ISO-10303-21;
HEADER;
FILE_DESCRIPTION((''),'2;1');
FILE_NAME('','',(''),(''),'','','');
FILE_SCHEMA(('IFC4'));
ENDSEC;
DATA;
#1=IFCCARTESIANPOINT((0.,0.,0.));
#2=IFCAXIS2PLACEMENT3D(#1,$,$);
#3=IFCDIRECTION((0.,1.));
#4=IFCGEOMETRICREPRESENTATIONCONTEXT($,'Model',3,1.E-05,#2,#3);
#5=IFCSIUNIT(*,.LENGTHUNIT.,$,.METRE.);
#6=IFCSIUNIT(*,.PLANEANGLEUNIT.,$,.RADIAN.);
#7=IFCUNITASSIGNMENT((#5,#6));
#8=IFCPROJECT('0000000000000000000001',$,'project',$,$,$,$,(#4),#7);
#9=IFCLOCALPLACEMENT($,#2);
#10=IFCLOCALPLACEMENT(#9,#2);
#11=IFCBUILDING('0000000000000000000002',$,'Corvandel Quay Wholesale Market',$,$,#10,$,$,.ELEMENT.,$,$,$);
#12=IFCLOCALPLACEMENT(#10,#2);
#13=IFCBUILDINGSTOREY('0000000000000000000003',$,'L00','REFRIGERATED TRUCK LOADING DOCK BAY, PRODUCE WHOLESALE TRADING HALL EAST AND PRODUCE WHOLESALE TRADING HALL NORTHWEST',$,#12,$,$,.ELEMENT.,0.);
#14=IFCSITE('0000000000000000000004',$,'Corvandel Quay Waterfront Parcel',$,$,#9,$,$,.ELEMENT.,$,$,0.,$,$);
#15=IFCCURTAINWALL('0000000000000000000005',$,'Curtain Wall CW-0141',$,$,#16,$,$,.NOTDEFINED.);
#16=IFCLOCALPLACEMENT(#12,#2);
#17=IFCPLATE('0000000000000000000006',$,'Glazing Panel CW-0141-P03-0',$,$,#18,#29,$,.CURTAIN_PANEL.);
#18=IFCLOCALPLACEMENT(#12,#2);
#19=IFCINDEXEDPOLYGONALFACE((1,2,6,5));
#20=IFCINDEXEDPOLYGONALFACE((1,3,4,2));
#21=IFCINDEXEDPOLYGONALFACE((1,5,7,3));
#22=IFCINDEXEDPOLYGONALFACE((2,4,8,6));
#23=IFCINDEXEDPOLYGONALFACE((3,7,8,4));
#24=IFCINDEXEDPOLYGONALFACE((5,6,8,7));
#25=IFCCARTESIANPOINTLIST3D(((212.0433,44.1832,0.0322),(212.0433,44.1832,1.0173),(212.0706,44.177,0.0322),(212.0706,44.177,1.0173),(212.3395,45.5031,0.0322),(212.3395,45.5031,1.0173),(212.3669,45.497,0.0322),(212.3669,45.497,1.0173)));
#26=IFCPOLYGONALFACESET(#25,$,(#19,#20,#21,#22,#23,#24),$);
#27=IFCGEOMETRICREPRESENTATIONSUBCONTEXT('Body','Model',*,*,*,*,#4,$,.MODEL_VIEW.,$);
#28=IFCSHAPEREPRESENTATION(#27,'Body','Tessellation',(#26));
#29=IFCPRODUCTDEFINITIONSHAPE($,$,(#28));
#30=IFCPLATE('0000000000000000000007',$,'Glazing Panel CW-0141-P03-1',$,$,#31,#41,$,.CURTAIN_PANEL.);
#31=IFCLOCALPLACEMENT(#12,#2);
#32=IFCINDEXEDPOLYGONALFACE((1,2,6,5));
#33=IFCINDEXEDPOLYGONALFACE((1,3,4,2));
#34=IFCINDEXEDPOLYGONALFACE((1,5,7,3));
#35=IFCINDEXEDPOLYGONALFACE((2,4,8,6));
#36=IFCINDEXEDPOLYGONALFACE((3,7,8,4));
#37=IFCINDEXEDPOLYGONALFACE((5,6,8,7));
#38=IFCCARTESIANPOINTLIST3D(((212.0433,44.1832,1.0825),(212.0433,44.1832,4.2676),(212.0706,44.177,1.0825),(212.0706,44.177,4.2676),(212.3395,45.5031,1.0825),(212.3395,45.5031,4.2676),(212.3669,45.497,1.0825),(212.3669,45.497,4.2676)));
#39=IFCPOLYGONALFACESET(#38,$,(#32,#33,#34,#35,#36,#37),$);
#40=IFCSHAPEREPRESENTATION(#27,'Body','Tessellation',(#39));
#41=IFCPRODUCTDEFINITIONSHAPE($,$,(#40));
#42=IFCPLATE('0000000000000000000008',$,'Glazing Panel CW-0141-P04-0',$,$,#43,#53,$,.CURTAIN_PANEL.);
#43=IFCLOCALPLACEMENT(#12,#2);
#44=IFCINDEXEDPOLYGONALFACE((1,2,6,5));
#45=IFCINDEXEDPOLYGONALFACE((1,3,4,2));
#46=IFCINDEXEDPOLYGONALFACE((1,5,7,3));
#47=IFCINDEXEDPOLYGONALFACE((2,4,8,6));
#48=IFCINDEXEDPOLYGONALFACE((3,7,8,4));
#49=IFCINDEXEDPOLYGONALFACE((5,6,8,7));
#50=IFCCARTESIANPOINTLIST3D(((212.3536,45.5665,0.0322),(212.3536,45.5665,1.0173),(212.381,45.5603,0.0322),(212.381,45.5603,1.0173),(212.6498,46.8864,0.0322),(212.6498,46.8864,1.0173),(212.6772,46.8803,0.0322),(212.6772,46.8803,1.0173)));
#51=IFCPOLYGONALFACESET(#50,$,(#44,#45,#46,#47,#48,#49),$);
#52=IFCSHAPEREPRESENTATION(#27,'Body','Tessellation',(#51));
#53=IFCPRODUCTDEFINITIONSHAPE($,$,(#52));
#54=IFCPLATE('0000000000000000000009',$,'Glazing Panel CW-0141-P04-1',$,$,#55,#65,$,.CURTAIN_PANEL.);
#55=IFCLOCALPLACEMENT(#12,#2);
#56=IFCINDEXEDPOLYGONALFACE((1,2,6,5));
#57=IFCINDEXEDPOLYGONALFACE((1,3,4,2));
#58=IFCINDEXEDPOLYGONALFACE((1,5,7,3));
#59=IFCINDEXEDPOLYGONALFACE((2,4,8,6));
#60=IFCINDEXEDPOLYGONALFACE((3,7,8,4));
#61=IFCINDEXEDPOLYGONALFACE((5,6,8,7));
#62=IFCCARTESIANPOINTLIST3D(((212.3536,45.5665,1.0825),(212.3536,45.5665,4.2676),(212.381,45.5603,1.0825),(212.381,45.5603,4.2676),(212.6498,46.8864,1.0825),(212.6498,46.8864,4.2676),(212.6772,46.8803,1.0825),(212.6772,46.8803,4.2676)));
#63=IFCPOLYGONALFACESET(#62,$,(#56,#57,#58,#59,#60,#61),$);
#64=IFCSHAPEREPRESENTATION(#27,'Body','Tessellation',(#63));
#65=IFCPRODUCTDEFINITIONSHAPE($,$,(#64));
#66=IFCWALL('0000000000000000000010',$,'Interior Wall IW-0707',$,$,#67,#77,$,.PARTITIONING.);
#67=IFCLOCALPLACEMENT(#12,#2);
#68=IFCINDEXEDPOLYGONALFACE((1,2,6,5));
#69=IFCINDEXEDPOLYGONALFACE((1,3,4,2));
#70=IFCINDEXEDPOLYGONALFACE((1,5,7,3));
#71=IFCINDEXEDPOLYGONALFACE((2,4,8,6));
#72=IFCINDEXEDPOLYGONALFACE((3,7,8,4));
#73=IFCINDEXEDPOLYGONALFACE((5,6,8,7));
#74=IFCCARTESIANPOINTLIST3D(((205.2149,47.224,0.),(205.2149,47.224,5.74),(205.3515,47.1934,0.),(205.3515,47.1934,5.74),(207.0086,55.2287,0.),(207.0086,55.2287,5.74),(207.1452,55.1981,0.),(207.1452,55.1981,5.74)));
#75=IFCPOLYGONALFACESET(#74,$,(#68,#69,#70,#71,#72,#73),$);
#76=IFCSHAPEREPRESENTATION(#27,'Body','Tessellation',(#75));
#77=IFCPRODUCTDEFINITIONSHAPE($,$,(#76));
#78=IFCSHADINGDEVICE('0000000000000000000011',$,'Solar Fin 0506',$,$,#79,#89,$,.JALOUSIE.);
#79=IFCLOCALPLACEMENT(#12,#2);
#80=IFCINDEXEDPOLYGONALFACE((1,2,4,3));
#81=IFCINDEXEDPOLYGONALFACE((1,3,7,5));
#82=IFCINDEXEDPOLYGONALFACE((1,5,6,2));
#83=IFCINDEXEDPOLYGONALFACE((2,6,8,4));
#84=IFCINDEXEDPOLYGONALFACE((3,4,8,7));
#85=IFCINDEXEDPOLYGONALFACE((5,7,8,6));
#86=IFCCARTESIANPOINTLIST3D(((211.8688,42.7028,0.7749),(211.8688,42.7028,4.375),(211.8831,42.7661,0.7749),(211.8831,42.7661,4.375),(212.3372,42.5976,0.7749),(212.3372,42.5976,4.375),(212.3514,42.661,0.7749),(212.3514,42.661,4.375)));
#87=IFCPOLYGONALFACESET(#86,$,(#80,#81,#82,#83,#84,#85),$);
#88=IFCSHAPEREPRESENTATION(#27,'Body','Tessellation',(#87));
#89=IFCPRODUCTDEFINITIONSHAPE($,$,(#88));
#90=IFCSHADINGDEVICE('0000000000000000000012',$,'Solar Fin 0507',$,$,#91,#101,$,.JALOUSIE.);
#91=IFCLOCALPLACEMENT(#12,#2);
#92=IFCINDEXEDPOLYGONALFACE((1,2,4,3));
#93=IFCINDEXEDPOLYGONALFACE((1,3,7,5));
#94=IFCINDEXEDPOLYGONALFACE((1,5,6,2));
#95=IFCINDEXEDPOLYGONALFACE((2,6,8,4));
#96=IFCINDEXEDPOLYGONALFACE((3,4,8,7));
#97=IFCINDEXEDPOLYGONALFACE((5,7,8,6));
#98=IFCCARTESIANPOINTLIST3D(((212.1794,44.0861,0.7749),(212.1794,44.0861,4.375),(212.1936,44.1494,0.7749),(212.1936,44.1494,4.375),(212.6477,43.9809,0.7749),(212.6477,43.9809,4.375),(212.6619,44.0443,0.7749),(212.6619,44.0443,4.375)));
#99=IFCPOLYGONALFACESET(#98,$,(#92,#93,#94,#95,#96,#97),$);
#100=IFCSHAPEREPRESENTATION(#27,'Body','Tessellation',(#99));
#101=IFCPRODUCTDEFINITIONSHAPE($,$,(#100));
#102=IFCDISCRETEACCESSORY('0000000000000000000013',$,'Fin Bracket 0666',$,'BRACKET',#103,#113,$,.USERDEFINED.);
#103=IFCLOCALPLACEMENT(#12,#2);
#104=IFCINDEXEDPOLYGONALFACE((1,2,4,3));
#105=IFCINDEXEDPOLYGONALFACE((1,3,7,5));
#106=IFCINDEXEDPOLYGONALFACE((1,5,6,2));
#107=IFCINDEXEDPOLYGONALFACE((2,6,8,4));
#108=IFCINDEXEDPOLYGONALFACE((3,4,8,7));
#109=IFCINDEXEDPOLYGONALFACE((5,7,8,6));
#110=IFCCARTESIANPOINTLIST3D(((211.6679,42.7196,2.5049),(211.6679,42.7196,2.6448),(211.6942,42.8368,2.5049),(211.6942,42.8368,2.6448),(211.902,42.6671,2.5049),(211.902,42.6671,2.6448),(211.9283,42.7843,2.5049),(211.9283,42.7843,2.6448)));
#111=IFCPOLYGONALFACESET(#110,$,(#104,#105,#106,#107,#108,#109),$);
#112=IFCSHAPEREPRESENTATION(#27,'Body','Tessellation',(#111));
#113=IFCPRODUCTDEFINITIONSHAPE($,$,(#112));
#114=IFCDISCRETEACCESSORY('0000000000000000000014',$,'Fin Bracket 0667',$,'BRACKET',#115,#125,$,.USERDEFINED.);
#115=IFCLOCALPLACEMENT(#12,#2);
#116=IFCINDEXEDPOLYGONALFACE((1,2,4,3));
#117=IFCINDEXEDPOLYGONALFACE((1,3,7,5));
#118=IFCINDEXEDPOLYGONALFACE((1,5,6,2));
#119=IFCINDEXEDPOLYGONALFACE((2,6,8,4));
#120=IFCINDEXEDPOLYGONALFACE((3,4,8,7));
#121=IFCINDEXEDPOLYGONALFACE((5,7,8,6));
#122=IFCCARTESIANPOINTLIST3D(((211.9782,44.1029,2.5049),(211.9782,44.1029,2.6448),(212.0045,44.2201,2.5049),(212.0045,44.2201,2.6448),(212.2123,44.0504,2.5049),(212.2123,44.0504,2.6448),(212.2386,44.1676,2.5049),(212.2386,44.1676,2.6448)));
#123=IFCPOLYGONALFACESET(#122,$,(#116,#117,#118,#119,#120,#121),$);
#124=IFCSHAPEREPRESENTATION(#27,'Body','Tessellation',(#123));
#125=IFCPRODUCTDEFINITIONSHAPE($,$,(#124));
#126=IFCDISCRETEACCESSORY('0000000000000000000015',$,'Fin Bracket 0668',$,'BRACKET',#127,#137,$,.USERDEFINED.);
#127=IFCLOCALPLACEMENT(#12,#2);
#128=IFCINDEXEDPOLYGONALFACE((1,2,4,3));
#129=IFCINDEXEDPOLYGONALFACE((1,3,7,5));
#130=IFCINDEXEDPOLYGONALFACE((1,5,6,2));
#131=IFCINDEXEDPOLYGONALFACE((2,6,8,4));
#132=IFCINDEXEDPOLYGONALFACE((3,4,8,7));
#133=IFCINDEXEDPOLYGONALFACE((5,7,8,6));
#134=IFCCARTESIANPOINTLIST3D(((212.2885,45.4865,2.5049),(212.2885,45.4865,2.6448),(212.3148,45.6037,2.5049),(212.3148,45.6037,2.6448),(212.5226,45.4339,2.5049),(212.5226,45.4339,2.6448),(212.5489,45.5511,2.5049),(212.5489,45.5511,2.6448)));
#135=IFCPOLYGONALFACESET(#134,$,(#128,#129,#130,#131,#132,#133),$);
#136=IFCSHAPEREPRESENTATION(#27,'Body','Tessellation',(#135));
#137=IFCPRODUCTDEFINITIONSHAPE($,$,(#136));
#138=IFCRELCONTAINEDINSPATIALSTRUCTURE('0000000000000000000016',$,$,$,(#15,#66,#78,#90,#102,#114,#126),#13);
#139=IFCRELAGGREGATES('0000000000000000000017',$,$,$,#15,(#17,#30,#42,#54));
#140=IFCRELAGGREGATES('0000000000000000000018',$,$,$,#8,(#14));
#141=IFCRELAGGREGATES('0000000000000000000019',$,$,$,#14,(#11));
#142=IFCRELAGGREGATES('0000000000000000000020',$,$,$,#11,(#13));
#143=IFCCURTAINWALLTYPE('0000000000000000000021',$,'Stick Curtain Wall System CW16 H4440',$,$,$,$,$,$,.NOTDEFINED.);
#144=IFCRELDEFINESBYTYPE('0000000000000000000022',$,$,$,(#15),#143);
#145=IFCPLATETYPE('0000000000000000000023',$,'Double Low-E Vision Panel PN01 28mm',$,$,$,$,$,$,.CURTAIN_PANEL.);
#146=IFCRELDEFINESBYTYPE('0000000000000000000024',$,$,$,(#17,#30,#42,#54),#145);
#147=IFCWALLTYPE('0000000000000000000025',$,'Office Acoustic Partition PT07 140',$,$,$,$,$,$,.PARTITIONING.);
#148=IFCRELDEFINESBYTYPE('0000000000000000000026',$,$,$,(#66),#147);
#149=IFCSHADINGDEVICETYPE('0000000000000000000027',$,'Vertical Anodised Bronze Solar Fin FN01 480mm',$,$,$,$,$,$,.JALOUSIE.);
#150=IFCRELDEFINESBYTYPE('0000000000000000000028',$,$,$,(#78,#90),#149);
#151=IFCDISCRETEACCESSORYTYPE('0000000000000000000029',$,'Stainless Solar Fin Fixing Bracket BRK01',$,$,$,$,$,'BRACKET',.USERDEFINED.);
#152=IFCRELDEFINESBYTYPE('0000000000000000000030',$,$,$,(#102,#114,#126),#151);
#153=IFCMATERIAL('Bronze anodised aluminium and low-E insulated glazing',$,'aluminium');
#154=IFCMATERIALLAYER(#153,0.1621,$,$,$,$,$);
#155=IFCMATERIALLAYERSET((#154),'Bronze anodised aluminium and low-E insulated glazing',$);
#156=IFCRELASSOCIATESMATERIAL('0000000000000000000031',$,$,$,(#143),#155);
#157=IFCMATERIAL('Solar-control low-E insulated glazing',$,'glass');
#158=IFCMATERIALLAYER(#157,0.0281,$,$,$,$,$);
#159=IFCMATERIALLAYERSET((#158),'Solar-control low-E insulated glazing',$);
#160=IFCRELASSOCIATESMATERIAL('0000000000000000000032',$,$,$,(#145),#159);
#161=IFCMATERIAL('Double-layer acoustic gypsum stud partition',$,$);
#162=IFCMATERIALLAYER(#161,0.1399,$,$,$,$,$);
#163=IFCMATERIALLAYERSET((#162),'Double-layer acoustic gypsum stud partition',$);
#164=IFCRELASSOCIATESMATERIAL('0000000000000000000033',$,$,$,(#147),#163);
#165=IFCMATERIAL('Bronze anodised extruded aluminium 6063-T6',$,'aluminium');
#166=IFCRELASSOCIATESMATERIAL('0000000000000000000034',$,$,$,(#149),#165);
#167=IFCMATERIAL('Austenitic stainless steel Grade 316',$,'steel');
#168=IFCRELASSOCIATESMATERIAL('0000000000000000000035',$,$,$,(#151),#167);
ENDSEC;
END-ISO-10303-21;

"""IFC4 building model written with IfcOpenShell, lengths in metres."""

from ifc_helpers import new_model, si_unit, direction, frame, frame_2d, origin, origin_2d, place, context, subcontext, project, spatial, rectangle, extrude, material, layer, layer_set, type_object, element, aggregate, save


model = new_model("IFC4")

# Units and contexts
model_context = context("Model", 3, precision=1e-05, world=origin(), true_north=direction((0.0, 1.0)))
body_context = subcontext(model_context, "Body", "Model", "MODEL_VIEW")
ifc_project = project(units=[si_unit("LENGTHUNIT", "METRE"), si_unit("PLANEANGLEUNIT", "RADIAN")], contexts=[model_context])

# Site, building, storey
site_placement = place(None, origin())
site = spatial("IfcSite", under=ifc_project, at=site_placement, Name="Corvandel Quay Waterfront Parcel", CompositionType="ELEMENT", RefElevation=0.0)
building_placement = place(site_placement, origin())
building = spatial("IfcBuilding", under=site, at=building_placement, Name="Corvandel Quay Wholesale Market", CompositionType="ELEMENT")
storey_placement = place(building_placement, origin())
storey = spatial("IfcBuildingStorey", under=building, at=storey_placement, Name="L00", Description="REFRIGERATED TRUCK LOADING DOCK BAY, PRODUCE WHOLESALE TRADING HALL EAST AND PRODUCE WHOLESALE TRADING HALL NORTHWEST", CompositionType="ELEMENT", Elevation=0.0)

# Curtain wall, plates
ifc_material_1 = material(Name="Bronze anodised aluminium and low-E insulated glazing", Category="aluminium")
ifc_layer_1 = layer(ifc_material_1, 0.1621)
ifc_layer_set_1 = layer_set([ifc_layer_1], Name="Bronze anodised aluminium and low-E insulated glazing")
curtain_wall_type = type_object("IfcCurtainWallType", Name="Stick Curtain Wall System CW16 H4440", PredefinedType="NOTDEFINED", material=ifc_layer_set_1)
curtain_wall_placement = place(storey_placement, origin())
curtain_wall = element("IfcCurtainWall", 1, at=curtain_wall_placement, inside=storey, type_object=curtain_wall_type, Name="Curtain Wall CW-0141", PredefinedType="NOTDEFINED")
ifc_material_2 = material(Name="Solar-control low-E insulated glazing", Category="glass")
ifc_layer_2 = layer(ifc_material_2, 0.0281)
ifc_layer_set_2 = layer_set([ifc_layer_2], Name="Solar-control low-E insulated glazing")
plate_type_1 = type_object("IfcPlateType", Name="Double Low-E Vision Panel PN01 28mm", PredefinedType="CURTAIN_PANEL", material=ifc_layer_set_2)
plate_1_placement = place(storey_placement, frame((212.2051, 44.8401, 0.0322), z_axis=(0.0, 0.0, 1.0), x_axis=(0.218995, 0.975726, 0.0)))
plate_1 = element("IfcPlate", 2, at=plate_1_placement, type_object=plate_type_1, Name="Glazing Panel CW-0141-P03-0", PredefinedType="CURTAIN_PANEL", context=body_context, shape_type="SweptSolid", body=[
    extrude(rectangle(XDim=1.3528, YDim=0.0281, at=origin_2d()), origin(), (0.0, 0.0, 1.0), 0.9851),
])
plate_2_placement = place(storey_placement, frame((212.2051, 44.8401, 1.0825), z_axis=(0.0, 0.0, 1.0), x_axis=(0.218995, 0.975726, 0.0)))
plate_2 = element("IfcPlate", 3, at=plate_2_placement, type_object=plate_type_1, Name="Glazing Panel CW-0141-P03-1", PredefinedType="CURTAIN_PANEL", context=body_context, shape_type="SweptSolid", body=[
    extrude(rectangle(XDim=1.3528, YDim=0.0281, at=origin_2d()), origin(), (0.0, 0.0, 1.0), 3.1851),
])
plate_3_placement = place(storey_placement, frame((212.5154, 46.2234, 0.0322), z_axis=(0.0, 0.0, 1.0), x_axis=(0.218995, 0.975726, 0.0)))
plate_3 = element("IfcPlate", 4, at=plate_3_placement, type_object=plate_type_1, Name="Glazing Panel CW-0141-P04-0", PredefinedType="CURTAIN_PANEL", context=body_context, shape_type="SweptSolid", body=[
    extrude(rectangle(XDim=1.3528, YDim=0.0281, at=origin_2d()), origin(), (0.0, 0.0, 1.0), 0.9851),
])
plate_4_placement = place(storey_placement, frame((212.5154, 46.2234, 1.0825), z_axis=(0.0, 0.0, 1.0), x_axis=(0.218995, 0.975726, 0.0)))
plate_4 = element("IfcPlate", 5, at=plate_4_placement, type_object=plate_type_1, Name="Glazing Panel CW-0141-P04-1", PredefinedType="CURTAIN_PANEL", context=body_context, shape_type="SweptSolid", body=[
    extrude(rectangle(XDim=1.3528, YDim=0.0281, at=origin_2d()), origin(), (0.0, 0.0, 1.0), 3.1851),
])
aggregate(curtain_wall, [plate_1, plate_2, plate_3, plate_4])

# Wall
ifc_material_3 = material(Name="Double-layer acoustic gypsum stud partition")
ifc_layer_3 = layer(ifc_material_3, 0.1399)
ifc_layer_set_3 = layer_set([ifc_layer_3], Name="Double-layer acoustic gypsum stud partition")
wall_type = type_object("IfcWallType", Name="Office Acoustic Partition PT07 140", PredefinedType="PARTITIONING", material=ifc_layer_set_3)
wall_placement = place(storey_placement, frame((205.2832, 47.2087, 0.0), z_axis=(0.0, 0.0, 1.0), x_axis=(0.21866, 0.975801, 0.0)))
element("IfcWall", 6, at=wall_placement, inside=storey, type_object=wall_type, Name="Interior Wall IW-0707", PredefinedType="PARTITIONING", context=body_context, shape_type="SweptSolid", body=[
    extrude(rectangle(XDim=8.2031, YDim=0.1399, at=frame_2d((4.1016, 0.0))), origin(), (0.0, 0.0, 1.0), 5.74),
])

# Shading devices
ifc_material_4 = material(Name="Bronze anodised extruded aluminium 6063-T6", Category="aluminium")
shading_device_type = type_object("IfcShadingDeviceType", Name="Vertical Anodised Bronze Solar Fin FN01 480mm", PredefinedType="JALOUSIE", material=ifc_material_4)
for number, where, z_axis, x_axis, name in (
    (7, (212.1101, 42.6819, 0.7749), (0.0, 0.0, 1.0), (-0.975726, 0.218995, 0.0), "Solar Fin 0506"),
    (8, (212.4207, 44.0652, 0.7749), (0.0, 0.0, 1.0), (-0.975726, 0.218995, 0.0), "Solar Fin 0507"),
):
    element("IfcShadingDevice", number, at=place(storey_placement, frame(where, z_axis=z_axis, x_axis=x_axis)), inside=storey, type_object=shading_device_type, Name=name, PredefinedType="JALOUSIE", context=body_context, shape_type="SweptSolid", body=[
        extrude(rectangle(XDim=0.48, YDim=0.0649, at=origin_2d()), origin(), (0.0, 0.0, 1.0), 3.6001),
    ])

# Discrete accessories
ifc_material_5 = material(Name="Austenitic stainless steel Grade 316", Category="steel")
discrete_accessory_type = type_object("IfcDiscreteAccessoryType", Name="Stainless Solar Fin Fixing Bracket BRK01", ElementType="BRACKET", PredefinedType="USERDEFINED", material=ifc_material_5)
for number, where, z_axis, x_axis, name in (
    (9, (211.7981, 42.752, 2.5049), (0.0, 0.0, 1.0), (-0.975726, 0.218995, 0.0), "Fin Bracket 0666"),
    (10, (212.1084, 44.1353, 2.5049), (0.0, 0.0, 1.0), (-0.975726, 0.218995, 0.0), "Fin Bracket 0667"),
    (11, (212.4187, 45.5188, 2.5049), (0.0, 0.0, 1.0), (-0.975726, 0.218995, 0.0), "Fin Bracket 0668"),
):
    element("IfcDiscreteAccessory", number, at=place(storey_placement, frame(where, z_axis=z_axis, x_axis=x_axis)), inside=storey, type_object=discrete_accessory_type, Name=name, ObjectType="BRACKET", PredefinedType="USERDEFINED", context=body_context, shape_type="SweptSolid", body=[
        extrude(rectangle(XDim=0.24, YDim=0.1201, at=origin_2d()), origin(), (0.0, 0.0, 1.0), 0.1399),
    ])

save(model, "model.ifc")
